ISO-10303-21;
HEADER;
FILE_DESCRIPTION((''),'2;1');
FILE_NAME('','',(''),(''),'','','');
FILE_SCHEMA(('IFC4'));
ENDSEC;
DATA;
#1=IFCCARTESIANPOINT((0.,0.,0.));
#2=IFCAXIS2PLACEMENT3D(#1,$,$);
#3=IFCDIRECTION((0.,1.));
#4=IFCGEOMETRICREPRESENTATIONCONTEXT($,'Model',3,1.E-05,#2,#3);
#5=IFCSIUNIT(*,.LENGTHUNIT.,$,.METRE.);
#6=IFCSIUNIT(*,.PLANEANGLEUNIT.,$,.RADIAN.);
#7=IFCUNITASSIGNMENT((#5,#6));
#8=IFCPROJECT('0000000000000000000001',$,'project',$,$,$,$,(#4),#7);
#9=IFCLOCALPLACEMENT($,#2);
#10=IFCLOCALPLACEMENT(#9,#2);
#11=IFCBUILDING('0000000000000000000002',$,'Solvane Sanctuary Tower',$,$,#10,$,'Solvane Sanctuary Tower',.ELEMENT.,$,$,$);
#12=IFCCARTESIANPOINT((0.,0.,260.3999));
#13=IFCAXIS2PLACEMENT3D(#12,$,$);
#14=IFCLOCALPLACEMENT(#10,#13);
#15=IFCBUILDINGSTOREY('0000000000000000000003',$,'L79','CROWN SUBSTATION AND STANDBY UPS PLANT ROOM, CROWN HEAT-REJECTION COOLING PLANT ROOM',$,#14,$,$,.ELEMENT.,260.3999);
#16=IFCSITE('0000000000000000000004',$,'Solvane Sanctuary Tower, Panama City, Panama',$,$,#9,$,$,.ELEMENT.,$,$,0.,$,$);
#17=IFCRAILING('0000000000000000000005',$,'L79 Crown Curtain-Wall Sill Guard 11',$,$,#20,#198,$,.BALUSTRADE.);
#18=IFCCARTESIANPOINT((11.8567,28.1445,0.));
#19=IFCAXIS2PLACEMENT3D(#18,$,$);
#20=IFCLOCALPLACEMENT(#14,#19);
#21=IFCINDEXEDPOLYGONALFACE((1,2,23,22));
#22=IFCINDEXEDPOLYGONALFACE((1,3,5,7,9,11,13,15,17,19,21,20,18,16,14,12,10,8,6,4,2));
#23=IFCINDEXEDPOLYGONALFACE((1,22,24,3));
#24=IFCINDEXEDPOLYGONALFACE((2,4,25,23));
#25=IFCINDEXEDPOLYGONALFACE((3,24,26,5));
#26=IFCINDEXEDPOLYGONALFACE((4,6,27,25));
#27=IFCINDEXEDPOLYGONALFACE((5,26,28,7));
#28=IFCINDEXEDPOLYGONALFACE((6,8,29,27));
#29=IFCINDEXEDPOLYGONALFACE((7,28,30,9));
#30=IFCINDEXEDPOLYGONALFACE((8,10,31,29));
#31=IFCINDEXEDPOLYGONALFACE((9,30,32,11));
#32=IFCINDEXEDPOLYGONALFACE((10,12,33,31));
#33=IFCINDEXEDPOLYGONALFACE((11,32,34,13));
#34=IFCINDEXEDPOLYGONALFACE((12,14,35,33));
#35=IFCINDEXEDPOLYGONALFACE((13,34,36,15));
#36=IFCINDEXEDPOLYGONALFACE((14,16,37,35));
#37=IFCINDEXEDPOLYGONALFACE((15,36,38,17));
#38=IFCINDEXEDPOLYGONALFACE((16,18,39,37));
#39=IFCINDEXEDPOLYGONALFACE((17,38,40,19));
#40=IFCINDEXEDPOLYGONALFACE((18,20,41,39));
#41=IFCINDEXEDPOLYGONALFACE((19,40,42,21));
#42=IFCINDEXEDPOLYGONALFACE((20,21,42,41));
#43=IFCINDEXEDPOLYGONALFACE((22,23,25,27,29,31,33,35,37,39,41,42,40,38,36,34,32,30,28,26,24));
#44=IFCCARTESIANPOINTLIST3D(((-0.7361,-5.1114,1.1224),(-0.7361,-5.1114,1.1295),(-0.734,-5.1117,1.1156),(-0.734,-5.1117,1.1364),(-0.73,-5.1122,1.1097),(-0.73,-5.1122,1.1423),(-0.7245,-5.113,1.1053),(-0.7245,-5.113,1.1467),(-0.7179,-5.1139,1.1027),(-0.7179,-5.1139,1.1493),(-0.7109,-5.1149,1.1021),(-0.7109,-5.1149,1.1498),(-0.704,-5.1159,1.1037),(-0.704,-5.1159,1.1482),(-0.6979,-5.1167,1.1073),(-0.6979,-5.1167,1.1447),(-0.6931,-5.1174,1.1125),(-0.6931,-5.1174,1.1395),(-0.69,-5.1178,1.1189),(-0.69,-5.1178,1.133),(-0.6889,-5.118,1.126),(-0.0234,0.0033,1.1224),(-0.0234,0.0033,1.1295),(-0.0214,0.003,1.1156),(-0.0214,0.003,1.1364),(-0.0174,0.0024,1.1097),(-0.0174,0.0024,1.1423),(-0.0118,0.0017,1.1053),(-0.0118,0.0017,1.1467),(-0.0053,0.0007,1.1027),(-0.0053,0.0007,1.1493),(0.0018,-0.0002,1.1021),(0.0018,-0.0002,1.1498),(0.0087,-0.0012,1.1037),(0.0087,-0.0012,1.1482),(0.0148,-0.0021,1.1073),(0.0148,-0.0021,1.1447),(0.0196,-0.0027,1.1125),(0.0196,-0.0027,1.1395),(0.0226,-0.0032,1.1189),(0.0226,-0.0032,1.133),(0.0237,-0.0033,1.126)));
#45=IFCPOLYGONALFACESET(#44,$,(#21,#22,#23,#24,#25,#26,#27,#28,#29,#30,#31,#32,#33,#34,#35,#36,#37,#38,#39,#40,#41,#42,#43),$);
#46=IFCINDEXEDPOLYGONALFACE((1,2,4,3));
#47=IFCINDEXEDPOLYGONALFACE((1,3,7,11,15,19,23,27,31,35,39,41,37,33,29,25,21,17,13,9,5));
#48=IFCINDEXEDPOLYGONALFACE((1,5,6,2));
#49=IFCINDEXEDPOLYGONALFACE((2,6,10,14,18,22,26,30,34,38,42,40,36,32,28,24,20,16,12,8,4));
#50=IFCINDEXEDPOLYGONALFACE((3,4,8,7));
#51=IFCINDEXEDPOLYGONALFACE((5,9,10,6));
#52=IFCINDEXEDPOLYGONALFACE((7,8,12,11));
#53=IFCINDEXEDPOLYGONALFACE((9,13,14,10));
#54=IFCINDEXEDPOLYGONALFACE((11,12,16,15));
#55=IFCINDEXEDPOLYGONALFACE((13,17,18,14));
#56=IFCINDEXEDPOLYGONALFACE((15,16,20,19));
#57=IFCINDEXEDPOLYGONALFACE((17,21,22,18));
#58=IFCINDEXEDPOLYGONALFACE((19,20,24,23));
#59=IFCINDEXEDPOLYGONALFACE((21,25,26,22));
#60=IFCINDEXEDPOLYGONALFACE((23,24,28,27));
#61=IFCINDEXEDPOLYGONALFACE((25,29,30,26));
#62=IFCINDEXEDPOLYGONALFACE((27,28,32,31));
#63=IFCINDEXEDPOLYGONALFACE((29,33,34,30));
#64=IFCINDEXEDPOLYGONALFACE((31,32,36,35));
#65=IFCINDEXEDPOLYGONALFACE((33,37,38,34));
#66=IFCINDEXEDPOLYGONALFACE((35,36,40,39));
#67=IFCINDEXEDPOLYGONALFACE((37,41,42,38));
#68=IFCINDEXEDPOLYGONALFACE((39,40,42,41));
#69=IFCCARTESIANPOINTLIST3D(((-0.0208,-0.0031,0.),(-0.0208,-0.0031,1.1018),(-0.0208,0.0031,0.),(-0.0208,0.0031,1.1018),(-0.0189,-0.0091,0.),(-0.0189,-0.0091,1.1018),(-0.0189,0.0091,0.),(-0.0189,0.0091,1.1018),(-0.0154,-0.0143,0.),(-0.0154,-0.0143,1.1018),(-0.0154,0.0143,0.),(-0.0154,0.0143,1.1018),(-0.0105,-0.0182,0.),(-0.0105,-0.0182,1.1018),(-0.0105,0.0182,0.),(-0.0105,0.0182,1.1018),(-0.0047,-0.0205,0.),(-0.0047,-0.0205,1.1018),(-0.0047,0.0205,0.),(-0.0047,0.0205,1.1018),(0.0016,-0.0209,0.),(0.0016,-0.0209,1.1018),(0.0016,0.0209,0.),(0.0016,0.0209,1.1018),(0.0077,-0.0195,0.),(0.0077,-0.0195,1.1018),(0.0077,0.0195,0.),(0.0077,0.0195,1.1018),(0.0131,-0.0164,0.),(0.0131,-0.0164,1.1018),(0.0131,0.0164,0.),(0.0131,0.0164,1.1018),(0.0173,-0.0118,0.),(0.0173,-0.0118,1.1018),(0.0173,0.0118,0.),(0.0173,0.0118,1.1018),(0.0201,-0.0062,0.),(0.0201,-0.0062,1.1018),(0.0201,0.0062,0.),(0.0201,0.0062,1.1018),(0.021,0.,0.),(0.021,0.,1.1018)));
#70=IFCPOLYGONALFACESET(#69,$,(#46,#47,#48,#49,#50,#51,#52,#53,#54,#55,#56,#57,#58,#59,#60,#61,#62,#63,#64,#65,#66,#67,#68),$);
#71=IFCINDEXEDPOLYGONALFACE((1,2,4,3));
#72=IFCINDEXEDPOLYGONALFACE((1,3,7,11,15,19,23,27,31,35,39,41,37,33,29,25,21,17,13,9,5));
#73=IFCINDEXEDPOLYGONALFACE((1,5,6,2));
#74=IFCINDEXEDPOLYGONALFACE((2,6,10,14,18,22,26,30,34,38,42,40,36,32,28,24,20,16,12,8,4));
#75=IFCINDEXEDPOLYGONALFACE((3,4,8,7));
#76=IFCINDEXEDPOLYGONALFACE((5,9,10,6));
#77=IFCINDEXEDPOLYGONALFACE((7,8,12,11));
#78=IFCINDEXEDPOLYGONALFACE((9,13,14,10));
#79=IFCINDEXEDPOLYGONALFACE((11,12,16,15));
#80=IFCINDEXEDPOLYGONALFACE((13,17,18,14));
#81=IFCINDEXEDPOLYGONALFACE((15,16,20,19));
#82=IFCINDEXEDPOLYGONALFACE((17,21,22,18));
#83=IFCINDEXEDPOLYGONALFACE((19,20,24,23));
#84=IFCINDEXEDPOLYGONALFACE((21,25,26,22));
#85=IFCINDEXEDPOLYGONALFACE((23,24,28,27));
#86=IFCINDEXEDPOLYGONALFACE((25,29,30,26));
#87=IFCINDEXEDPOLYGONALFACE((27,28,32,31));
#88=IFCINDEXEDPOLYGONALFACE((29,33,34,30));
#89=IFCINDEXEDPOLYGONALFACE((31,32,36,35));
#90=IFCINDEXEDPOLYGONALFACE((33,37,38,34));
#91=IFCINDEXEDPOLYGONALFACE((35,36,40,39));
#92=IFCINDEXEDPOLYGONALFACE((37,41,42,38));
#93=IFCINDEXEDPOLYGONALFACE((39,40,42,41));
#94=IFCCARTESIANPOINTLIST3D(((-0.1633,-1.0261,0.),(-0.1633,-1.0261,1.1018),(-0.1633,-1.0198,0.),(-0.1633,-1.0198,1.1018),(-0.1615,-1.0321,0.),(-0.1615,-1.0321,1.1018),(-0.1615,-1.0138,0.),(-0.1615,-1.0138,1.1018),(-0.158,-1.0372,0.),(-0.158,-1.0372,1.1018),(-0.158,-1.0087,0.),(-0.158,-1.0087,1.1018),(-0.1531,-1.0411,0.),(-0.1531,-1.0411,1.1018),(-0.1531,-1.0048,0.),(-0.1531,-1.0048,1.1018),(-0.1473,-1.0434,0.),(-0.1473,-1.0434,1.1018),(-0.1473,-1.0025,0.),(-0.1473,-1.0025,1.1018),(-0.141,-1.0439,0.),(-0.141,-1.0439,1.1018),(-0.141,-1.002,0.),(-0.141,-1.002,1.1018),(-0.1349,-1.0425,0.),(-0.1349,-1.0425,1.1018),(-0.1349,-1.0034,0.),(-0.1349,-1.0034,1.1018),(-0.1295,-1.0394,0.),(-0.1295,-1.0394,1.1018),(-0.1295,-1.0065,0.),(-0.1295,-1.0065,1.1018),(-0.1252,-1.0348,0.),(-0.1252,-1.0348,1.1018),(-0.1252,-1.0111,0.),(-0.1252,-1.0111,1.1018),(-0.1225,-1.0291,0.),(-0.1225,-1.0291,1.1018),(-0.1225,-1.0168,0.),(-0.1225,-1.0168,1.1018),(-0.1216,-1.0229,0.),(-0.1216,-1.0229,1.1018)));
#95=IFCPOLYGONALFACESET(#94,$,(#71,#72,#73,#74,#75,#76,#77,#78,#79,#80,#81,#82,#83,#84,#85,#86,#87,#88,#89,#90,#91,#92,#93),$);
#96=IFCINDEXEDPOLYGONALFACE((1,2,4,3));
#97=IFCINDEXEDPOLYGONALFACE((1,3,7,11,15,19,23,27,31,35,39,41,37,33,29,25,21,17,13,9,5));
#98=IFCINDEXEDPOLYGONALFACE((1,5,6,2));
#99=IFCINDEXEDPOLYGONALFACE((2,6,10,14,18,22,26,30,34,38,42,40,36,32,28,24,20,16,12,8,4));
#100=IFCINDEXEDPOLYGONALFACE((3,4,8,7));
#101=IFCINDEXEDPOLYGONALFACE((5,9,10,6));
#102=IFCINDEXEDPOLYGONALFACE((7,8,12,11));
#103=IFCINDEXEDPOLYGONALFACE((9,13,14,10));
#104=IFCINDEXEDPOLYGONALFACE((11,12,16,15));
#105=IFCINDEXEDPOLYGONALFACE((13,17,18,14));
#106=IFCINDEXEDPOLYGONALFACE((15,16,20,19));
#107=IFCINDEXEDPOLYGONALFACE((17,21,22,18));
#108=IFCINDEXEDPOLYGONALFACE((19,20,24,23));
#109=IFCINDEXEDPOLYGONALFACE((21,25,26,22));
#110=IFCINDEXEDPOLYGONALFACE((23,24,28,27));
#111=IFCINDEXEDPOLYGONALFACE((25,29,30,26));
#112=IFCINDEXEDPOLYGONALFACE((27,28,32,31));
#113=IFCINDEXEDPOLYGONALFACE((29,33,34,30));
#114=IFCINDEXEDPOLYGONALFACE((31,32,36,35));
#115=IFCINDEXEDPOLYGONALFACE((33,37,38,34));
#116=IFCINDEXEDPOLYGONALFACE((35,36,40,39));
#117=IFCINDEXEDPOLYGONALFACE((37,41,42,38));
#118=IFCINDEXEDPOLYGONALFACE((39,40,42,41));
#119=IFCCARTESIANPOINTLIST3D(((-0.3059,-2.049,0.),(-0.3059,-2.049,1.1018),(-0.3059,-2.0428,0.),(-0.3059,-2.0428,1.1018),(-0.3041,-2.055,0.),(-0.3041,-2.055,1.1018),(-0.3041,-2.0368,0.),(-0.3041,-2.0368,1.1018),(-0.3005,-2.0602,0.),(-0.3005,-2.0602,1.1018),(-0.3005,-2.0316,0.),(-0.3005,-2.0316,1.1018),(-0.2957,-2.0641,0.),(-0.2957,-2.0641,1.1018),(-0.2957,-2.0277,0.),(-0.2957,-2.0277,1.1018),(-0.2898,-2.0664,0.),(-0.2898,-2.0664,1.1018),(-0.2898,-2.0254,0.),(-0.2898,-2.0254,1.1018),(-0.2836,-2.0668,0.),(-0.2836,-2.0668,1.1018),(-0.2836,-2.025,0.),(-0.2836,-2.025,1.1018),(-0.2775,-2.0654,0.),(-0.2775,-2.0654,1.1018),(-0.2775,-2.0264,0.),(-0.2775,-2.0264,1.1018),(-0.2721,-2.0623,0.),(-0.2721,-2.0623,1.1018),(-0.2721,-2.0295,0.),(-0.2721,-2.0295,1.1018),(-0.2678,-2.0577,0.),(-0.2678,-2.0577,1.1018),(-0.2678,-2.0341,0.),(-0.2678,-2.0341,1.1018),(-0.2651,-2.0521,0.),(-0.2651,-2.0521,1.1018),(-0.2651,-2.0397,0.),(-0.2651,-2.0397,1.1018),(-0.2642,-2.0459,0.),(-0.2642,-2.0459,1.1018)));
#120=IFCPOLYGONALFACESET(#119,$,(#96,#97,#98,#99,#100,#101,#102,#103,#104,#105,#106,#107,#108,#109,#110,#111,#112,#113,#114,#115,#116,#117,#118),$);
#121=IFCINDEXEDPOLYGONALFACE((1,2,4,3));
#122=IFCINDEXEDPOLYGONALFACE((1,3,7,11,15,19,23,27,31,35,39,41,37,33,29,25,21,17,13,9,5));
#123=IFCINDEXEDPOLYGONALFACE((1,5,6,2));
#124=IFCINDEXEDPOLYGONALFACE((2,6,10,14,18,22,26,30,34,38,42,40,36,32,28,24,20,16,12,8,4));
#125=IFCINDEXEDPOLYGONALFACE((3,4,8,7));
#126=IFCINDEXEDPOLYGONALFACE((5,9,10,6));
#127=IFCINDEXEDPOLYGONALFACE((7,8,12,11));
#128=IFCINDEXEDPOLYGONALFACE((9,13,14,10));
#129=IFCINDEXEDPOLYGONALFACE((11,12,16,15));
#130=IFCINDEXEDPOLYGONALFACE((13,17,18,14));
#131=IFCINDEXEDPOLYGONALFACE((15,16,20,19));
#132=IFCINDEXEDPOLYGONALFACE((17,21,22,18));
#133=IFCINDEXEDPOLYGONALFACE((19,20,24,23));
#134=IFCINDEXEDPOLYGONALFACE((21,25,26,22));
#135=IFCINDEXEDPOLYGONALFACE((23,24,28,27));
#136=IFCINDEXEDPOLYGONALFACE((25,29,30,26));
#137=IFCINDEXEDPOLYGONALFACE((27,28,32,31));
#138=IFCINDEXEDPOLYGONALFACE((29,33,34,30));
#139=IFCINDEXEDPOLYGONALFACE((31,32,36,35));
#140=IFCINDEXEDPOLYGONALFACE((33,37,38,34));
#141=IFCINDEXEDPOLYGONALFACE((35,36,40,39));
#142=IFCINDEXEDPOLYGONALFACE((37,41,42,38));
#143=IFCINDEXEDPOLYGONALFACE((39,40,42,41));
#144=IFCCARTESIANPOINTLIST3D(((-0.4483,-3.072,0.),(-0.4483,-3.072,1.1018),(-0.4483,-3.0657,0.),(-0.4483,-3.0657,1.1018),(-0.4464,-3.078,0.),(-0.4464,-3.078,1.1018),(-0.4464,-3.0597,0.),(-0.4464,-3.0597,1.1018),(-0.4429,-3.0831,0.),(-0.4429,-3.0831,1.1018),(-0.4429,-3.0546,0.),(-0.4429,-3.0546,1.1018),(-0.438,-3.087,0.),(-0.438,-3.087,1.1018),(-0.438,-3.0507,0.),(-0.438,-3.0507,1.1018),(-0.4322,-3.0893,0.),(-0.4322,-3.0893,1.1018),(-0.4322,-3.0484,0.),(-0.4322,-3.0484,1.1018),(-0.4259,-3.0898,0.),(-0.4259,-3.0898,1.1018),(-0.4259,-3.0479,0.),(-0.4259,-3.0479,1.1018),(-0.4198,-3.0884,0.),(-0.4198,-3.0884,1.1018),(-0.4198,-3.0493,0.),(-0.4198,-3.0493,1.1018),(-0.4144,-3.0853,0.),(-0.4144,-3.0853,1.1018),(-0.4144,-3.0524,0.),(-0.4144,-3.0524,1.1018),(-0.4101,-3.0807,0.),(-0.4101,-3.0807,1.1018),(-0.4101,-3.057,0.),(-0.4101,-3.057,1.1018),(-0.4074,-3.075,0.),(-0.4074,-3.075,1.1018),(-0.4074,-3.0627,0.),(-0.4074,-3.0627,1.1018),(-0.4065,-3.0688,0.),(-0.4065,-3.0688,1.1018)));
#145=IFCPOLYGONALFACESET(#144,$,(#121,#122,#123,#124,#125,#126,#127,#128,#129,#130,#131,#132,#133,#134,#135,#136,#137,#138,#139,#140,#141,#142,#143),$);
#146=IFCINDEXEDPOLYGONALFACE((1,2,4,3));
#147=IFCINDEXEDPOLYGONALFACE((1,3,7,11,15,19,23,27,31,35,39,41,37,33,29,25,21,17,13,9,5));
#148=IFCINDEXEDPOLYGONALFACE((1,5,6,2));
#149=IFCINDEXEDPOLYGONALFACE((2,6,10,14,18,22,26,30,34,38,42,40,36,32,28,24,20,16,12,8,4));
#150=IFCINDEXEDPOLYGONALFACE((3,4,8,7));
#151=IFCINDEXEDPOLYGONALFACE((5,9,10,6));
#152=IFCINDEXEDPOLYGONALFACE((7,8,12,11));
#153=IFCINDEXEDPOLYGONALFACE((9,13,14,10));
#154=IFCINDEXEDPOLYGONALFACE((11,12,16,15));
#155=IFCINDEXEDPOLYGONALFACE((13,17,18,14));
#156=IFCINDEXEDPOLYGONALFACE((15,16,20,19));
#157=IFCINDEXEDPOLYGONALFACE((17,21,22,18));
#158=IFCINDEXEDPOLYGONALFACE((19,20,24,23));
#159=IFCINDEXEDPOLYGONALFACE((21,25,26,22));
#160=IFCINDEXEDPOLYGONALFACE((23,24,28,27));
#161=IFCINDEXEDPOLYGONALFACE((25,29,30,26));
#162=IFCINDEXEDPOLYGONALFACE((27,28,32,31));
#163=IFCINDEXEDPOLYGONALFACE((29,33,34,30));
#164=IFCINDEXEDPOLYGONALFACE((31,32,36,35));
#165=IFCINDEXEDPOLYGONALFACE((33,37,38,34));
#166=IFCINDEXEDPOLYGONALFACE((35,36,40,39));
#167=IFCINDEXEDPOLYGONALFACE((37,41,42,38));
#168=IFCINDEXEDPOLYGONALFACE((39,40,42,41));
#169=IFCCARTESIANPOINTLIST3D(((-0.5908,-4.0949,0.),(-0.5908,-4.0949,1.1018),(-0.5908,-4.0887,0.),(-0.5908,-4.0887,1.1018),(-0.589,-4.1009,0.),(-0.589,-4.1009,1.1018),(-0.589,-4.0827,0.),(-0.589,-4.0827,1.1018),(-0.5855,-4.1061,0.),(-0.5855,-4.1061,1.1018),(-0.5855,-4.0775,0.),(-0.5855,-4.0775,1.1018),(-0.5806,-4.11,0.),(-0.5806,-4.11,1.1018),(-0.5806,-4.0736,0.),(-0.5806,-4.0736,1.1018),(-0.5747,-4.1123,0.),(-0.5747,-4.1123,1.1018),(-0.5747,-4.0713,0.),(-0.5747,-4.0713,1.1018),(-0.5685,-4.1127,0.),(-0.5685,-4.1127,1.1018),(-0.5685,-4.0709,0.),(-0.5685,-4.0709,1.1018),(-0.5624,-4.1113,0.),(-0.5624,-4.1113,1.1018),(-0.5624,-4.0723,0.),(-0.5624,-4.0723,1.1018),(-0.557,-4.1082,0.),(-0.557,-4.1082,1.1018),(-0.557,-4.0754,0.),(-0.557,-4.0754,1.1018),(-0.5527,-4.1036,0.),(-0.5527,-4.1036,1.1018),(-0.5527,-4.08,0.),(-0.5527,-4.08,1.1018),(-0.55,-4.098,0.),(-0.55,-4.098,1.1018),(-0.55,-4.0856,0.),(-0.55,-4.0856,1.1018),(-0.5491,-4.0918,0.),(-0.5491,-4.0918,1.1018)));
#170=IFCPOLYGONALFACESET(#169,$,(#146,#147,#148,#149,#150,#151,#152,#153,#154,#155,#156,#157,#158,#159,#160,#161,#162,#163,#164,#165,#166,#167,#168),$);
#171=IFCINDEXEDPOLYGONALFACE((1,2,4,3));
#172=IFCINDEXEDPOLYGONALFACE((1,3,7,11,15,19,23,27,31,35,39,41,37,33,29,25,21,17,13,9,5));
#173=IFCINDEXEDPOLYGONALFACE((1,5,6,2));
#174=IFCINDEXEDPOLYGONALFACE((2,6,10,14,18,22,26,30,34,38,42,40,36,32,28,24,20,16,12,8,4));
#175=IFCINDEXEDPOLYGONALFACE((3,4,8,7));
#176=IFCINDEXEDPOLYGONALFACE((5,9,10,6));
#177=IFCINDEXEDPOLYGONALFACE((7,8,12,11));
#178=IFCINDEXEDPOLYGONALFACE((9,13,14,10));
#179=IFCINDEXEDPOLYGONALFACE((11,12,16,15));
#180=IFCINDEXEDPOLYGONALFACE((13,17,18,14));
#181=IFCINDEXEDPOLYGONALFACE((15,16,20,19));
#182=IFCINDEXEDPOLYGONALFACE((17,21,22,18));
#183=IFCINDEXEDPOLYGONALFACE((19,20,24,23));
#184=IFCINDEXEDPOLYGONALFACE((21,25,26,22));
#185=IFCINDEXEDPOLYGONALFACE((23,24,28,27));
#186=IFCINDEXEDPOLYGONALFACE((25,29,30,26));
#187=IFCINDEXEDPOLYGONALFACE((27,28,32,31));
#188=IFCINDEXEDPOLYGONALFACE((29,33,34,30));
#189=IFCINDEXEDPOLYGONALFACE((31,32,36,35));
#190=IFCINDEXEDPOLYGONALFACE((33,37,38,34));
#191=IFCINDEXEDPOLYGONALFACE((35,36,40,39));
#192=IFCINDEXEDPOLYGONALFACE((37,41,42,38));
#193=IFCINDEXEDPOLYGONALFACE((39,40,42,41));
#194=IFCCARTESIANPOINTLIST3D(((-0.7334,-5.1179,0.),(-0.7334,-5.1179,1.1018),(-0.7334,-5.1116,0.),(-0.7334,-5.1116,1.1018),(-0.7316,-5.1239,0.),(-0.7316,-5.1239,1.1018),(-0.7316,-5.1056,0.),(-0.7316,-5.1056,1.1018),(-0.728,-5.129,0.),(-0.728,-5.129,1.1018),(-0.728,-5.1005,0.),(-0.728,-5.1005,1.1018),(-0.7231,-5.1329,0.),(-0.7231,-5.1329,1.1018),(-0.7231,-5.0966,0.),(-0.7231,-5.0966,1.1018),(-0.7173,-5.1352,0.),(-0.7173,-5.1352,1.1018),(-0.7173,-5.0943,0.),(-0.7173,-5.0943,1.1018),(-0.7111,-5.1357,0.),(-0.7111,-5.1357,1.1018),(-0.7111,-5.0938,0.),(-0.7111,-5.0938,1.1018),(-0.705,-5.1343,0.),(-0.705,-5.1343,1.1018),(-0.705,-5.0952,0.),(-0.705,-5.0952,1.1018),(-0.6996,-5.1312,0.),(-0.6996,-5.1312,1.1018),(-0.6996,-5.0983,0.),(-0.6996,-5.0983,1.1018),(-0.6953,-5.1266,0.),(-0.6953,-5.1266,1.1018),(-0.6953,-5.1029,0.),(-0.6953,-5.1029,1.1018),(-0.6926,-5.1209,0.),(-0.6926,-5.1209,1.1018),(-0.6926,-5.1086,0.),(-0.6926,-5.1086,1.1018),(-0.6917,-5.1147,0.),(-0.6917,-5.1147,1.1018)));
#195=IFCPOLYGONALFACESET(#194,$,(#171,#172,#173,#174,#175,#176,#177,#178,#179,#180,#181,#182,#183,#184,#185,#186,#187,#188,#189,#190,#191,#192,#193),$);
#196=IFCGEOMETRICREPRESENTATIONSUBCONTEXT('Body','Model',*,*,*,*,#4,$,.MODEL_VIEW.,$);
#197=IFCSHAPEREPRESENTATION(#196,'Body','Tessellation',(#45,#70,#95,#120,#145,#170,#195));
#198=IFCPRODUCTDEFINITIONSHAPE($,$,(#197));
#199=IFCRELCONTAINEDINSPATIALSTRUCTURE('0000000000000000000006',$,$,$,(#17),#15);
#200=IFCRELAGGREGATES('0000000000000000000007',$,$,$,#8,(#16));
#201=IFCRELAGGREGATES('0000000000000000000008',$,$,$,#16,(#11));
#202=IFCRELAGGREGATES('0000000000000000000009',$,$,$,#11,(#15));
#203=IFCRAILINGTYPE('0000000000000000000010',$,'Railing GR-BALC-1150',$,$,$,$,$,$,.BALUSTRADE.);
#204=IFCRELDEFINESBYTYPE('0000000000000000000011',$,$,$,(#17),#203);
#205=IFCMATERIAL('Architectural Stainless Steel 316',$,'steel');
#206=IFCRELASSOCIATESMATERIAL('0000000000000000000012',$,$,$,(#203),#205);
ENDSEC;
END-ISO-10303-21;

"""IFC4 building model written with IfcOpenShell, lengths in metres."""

from ifc_helpers import new_model, si_unit, direction, frame, origin, origin_2d, place, context, subcontext, project, spatial, circle, extrude, material, type_object, element, save


model = new_model("IFC4")

# Units and contexts
model_context = context("Model", 3, precision=1e-05, world=origin(), true_north=direction((0.0, 1.0)))
body_context = subcontext(model_context, "Body", "Model", "MODEL_VIEW")
ifc_project = project(units=[si_unit("LENGTHUNIT", "METRE"), si_unit("PLANEANGLEUNIT", "RADIAN")], contexts=[model_context])

# Site, building, storey
site_placement = place(None, origin())
site = spatial("IfcSite", under=ifc_project, at=site_placement, Name="Solvane Sanctuary Tower, Panama City, Panama", CompositionType="ELEMENT", RefElevation=0.0)
building_placement = place(site_placement, origin())
building = spatial("IfcBuilding", under=site, at=building_placement, Name="Solvane Sanctuary Tower", LongName="Solvane Sanctuary Tower", CompositionType="ELEMENT")
storey_placement = place(building_placement, frame((0.0, 0.0, 260.3999)))
storey = spatial("IfcBuildingStorey", under=building, at=storey_placement, Name="L79", Description="CROWN SUBSTATION AND STANDBY UPS PLANT ROOM, CROWN HEAT-REJECTION COOLING PLANT ROOM", CompositionType="ELEMENT", Elevation=260.3999)

# Shared definitions
ifc_material_1 = material(Name="Architectural Stainless Steel 316", Category="steel")

# Railing
railing_type_1 = type_object("IfcRailingType", Name="Railing GR-BALC-1150", PredefinedType="BALUSTRADE", material=ifc_material_1)
railing_1_placement = place(storey_placement, frame((11.8567, 28.1445, 0.0)))
element("IfcRailing", 1, at=railing_1_placement, inside=storey, type_object=railing_type_1, Name="L79 Crown Curtain-Wall Sill Guard 11", PredefinedType="BALUSTRADE", context=body_context, shape_type="SweptSolid", body=[
    extrude(circle(Radius=0.0239, at=origin_2d()), frame((0.0, 0.0, 1.126), z_axis=(-0.137999, -0.990432, 0.0), x_axis=(0.990432, -0.137999, 0.0)), (0.0, 0.0, 1.0), 5.1641),
    extrude(circle(Radius=0.021, at=origin_2d()), origin(), (0.0, 0.0, 1.0), 1.1018),
    extrude(circle(Radius=0.021, at=origin_2d()), frame((-0.1426, -1.0229, 0.0)), (0.0, 0.0, 1.0), 1.1018),
    extrude(circle(Radius=0.021, at=origin_2d()), frame((-0.2852, -2.0459, 0.0)), (0.0, 0.0, 1.0), 1.1018),
    extrude(circle(Radius=0.021, at=origin_2d()), frame((-0.4275, -3.0688, 0.0)), (0.0, 0.0, 1.0), 1.1018),
    extrude(circle(Radius=0.021, at=origin_2d()), frame((-0.5701, -4.0918, 0.0)), (0.0, 0.0, 1.0), 1.1018),
    extrude(circle(Radius=0.021, at=origin_2d()), frame((-0.7126, -5.1147, 0.0)), (0.0, 0.0, 1.0), 1.1018),
])

save(model, "model.ifc")
